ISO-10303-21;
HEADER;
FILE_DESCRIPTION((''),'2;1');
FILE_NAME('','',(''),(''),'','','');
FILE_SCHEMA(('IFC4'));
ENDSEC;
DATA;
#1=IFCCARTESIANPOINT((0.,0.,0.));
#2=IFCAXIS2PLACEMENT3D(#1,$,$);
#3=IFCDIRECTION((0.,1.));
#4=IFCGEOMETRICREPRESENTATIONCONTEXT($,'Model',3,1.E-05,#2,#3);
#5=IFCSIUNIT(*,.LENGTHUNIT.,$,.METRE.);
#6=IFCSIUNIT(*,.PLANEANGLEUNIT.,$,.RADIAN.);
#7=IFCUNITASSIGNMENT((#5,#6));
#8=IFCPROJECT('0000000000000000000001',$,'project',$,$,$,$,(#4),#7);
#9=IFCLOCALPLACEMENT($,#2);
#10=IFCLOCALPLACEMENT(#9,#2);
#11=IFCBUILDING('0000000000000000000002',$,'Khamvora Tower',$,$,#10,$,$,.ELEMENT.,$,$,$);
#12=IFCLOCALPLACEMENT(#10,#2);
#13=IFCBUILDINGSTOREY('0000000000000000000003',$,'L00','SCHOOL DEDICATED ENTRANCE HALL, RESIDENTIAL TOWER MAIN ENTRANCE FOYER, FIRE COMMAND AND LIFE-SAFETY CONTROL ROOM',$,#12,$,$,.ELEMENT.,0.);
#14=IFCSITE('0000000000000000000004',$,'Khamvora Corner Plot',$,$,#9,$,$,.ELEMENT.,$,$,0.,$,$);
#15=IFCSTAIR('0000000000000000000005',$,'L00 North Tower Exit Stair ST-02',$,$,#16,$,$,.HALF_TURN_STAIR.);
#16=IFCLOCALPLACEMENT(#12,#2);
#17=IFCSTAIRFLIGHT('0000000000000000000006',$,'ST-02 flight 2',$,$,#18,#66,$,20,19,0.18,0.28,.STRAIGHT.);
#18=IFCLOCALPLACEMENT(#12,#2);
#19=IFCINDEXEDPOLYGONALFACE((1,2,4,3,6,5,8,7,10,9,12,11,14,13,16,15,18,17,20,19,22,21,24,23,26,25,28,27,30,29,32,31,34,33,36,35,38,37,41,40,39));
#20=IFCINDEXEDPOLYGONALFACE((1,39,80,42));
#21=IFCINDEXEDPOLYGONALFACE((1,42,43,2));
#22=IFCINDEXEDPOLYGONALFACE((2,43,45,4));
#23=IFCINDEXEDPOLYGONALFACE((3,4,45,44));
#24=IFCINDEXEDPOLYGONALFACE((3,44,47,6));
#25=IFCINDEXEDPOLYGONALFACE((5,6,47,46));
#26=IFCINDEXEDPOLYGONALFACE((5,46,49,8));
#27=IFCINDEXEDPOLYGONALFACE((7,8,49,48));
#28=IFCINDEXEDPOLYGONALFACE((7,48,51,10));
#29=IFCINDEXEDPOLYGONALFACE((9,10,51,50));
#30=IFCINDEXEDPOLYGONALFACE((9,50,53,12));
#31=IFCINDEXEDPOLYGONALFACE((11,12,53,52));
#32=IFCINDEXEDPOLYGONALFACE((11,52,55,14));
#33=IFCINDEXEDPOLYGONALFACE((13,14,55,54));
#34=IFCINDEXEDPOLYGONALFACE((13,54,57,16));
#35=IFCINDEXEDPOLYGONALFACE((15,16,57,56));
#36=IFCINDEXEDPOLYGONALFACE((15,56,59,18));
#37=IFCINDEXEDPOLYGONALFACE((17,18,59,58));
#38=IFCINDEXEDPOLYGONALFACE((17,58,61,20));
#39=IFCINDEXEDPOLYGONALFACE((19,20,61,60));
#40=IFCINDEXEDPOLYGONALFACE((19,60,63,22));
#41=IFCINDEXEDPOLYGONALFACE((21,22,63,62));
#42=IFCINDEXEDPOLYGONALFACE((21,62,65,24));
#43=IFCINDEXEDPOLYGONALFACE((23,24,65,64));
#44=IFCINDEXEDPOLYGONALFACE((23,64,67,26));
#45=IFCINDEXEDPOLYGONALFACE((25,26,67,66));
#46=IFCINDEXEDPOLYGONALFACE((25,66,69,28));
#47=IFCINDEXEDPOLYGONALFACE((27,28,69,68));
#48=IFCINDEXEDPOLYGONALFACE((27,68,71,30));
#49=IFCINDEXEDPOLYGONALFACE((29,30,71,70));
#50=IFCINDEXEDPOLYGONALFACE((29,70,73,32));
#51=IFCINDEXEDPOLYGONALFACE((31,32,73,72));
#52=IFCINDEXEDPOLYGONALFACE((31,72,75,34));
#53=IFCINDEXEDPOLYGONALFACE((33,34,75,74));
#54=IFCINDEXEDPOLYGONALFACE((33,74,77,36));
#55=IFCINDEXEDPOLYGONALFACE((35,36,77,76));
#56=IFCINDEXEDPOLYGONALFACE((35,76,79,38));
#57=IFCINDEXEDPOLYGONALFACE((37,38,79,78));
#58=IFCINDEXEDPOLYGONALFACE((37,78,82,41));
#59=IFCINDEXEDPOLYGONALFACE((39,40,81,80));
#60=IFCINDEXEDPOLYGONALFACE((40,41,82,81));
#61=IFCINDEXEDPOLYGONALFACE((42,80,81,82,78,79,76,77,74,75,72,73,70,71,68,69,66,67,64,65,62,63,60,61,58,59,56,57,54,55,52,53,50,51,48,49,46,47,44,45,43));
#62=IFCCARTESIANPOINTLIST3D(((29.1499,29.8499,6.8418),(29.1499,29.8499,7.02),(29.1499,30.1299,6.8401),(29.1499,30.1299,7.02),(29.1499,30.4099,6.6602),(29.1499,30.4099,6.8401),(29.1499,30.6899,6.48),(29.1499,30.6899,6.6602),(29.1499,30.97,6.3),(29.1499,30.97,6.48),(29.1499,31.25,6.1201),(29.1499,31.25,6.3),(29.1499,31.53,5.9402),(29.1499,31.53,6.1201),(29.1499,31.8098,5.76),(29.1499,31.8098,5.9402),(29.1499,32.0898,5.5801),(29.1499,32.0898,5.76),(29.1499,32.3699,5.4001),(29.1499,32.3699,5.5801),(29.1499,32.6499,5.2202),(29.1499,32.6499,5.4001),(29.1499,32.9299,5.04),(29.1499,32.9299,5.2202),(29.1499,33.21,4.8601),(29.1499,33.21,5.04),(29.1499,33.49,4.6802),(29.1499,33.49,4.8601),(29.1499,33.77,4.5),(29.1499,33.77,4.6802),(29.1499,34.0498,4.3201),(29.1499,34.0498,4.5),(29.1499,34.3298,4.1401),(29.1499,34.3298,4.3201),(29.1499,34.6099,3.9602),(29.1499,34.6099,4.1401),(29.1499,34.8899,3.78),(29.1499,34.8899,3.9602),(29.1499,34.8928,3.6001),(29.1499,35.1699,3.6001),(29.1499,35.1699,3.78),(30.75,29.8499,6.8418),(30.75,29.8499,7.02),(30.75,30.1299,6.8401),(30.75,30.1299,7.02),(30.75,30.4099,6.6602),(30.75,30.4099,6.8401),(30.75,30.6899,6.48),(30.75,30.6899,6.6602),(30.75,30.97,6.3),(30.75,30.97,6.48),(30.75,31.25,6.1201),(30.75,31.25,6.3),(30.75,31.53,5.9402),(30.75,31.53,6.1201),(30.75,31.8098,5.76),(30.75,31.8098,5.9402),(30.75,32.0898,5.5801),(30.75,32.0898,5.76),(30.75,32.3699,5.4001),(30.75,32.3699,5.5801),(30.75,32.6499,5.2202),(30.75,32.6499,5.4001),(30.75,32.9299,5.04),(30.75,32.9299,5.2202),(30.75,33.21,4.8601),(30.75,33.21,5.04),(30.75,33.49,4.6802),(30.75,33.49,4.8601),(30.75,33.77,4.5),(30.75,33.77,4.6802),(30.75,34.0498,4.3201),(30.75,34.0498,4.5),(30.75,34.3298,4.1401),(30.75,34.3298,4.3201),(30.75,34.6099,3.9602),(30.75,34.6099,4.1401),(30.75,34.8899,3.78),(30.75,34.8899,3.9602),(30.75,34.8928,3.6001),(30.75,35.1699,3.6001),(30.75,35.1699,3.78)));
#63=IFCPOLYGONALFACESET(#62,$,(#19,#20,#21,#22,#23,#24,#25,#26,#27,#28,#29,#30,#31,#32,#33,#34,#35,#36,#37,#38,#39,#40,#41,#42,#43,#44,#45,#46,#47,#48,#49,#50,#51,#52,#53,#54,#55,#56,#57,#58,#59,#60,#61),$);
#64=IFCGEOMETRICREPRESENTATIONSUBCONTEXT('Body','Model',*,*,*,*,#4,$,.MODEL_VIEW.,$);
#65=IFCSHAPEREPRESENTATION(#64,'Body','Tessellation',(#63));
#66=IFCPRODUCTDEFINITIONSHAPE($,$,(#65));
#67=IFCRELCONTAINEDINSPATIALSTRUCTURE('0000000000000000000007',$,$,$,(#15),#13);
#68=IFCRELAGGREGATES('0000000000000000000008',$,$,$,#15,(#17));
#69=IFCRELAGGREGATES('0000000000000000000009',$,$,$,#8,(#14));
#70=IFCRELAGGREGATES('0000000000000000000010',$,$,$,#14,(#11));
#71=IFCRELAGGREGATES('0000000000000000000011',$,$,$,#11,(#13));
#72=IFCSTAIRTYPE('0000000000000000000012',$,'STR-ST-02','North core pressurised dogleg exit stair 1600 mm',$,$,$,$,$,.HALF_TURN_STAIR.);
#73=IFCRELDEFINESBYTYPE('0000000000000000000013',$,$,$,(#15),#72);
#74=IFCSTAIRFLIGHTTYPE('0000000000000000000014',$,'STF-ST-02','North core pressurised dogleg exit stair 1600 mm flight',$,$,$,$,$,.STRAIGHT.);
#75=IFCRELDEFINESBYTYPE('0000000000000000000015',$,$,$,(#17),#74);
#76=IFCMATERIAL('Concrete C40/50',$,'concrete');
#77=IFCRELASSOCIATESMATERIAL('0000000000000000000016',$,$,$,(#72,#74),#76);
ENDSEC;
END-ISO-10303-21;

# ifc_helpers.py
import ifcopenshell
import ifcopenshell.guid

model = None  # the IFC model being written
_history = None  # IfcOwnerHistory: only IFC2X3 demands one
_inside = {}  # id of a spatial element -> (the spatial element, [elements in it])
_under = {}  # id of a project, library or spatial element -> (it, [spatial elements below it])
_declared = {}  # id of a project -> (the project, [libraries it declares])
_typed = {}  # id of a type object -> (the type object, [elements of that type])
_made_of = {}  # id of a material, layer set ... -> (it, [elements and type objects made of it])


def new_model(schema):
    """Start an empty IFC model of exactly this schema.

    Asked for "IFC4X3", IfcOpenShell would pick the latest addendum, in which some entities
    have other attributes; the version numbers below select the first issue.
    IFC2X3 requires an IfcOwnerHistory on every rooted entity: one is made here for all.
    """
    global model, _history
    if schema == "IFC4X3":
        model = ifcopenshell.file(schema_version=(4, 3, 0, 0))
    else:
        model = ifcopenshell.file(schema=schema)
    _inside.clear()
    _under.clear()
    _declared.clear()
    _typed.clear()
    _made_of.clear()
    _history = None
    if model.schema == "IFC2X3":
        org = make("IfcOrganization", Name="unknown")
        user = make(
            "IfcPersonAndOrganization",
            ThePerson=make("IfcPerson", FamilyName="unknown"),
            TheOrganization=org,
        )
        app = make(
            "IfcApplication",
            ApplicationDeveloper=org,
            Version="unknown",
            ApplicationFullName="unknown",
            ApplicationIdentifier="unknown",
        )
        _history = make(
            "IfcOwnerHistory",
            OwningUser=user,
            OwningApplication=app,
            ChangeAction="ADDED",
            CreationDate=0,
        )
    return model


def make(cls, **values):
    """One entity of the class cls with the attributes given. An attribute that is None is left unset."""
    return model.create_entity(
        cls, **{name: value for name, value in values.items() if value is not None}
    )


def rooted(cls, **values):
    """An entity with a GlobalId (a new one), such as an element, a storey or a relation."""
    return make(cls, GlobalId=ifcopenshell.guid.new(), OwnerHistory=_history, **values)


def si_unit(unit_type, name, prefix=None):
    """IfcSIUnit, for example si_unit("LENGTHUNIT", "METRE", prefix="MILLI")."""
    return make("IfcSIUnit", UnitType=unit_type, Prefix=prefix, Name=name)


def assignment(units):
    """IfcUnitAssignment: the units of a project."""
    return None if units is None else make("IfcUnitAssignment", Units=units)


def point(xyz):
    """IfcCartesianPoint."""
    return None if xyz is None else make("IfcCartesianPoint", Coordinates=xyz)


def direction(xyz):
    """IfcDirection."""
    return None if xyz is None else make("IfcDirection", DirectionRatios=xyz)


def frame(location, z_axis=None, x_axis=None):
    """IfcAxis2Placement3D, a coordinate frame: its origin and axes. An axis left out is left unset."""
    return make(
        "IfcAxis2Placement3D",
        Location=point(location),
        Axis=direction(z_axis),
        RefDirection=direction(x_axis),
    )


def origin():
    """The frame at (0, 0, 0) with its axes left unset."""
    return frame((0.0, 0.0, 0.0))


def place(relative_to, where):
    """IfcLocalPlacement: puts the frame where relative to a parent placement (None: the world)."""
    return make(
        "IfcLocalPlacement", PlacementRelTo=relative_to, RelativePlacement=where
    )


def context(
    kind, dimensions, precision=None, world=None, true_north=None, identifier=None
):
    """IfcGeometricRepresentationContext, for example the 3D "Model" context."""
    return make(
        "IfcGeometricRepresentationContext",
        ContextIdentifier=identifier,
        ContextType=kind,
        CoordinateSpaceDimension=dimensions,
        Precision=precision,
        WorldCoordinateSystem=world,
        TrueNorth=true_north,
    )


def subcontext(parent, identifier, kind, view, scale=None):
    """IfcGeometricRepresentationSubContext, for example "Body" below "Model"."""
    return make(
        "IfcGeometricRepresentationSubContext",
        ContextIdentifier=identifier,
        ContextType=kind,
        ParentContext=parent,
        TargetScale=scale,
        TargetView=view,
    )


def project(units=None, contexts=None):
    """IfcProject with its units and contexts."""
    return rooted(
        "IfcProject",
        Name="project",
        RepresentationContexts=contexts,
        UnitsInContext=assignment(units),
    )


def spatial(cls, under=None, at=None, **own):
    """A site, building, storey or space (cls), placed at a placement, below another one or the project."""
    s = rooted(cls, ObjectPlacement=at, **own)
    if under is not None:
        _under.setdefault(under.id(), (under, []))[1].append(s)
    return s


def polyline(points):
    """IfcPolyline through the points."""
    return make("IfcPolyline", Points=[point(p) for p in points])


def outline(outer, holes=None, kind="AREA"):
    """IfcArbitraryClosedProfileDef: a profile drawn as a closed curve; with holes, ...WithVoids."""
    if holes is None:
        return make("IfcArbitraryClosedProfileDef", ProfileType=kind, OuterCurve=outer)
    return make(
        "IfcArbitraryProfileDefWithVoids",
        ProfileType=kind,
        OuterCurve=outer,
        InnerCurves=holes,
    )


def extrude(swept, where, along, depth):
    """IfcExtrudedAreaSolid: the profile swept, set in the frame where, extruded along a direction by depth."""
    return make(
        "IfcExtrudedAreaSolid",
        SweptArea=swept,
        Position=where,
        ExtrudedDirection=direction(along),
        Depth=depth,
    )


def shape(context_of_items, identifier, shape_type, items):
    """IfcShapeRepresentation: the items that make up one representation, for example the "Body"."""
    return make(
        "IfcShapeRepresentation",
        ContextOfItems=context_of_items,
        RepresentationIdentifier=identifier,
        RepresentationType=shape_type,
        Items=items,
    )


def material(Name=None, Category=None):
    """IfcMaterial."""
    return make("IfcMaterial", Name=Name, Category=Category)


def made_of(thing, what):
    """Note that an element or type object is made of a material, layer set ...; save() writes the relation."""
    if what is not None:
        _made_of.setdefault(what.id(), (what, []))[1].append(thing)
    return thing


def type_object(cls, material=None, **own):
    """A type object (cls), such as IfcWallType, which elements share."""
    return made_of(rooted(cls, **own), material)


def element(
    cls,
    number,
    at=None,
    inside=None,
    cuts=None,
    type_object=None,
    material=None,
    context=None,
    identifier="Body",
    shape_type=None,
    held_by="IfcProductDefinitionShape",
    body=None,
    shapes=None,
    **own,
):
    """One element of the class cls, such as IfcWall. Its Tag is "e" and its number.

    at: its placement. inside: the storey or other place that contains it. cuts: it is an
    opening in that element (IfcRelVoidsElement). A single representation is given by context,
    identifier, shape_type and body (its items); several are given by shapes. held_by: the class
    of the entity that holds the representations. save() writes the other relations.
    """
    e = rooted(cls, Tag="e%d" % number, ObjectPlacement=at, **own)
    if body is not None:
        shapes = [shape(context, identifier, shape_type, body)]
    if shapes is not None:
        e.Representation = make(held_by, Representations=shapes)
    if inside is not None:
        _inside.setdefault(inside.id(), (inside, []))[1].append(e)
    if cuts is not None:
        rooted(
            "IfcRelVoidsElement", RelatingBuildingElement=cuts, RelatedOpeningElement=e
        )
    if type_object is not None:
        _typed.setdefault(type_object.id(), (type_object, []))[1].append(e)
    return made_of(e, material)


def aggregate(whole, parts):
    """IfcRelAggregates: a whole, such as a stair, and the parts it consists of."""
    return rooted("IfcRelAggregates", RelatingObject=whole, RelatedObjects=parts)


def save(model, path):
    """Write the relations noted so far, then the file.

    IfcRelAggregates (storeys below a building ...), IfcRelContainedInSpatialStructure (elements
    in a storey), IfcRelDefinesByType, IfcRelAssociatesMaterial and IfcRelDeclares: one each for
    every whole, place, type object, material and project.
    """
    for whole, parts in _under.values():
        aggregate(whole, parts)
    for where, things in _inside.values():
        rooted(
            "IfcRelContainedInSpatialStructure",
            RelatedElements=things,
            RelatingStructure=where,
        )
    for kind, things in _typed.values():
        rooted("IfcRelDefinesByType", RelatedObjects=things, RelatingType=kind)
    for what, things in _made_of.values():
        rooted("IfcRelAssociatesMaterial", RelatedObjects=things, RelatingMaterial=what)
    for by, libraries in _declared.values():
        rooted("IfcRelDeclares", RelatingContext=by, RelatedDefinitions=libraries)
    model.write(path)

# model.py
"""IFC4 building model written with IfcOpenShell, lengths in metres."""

from ifc_helpers import new_model, si_unit, direction, frame, origin, place, context, subcontext, project, spatial, polyline, outline, extrude, material, type_object, element, aggregate, save


model = new_model("IFC4")

# Units and contexts
model_context = context("Model", 3, precision=1e-05, world=origin(), true_north=direction((0.0, 1.0)))
body_context = subcontext(model_context, "Body", "Model", "MODEL_VIEW")
ifc_project = project(units=[si_unit("LENGTHUNIT", "METRE"), si_unit("PLANEANGLEUNIT", "RADIAN")], contexts=[model_context])

# Site, building, storey
site_placement = place(None, origin())
site = spatial("IfcSite", under=ifc_project, at=site_placement, Name="Khamvora Corner Plot", CompositionType="ELEMENT", RefElevation=0.0)
building_placement = place(site_placement, origin())
building = spatial("IfcBuilding", under=site, at=building_placement, Name="Khamvora Tower", CompositionType="ELEMENT")
storey_placement = place(building_placement, origin())
storey = spatial("IfcBuildingStorey", under=building, at=storey_placement, Name="L00", Description="SCHOOL DEDICATED ENTRANCE HALL, RESIDENTIAL TOWER MAIN ENTRANCE FOYER, FIRE COMMAND AND LIFE-SAFETY CONTROL ROOM", CompositionType="ELEMENT", Elevation=0.0)

# Shared definitions
ifc_material_1 = material(Name="Concrete C40/50", Category="concrete")

# Stair, stair flight
stair_type_1 = type_object("IfcStairType", Name="STR-ST-02", Description="North core pressurised dogleg exit stair 1600 mm", PredefinedType="HALF_TURN_STAIR", material=ifc_material_1)
stair_1_placement = place(storey_placement, origin())
stair_1 = element("IfcStair", 1, at=stair_1_placement, inside=storey, type_object=stair_type_1, Name="L00 North Tower Exit Stair ST-02", PredefinedType="HALF_TURN_STAIR")
stair_flight_type_1 = type_object("IfcStairFlightType", Name="STF-ST-02", Description="North core pressurised dogleg exit stair 1600 mm flight", PredefinedType="STRAIGHT", material=ifc_material_1)
stair_flight_1_placement = place(storey_placement, frame((29.95, 35.1699, 3.6001), z_axis=(0.0, 0.0, 1.0), x_axis=(0.0, -1.0, 0.0)))
stair_flight_1 = element("IfcStairFlight", 2, at=stair_flight_1_placement, type_object=stair_flight_type_1, Name="ST-02 flight 2", NumberOfRisers=20, NumberOfTreads=19, PredefinedType="STRAIGHT", RiserHeight=0.18, TreadLength=0.28, context=body_context, shape_type="SweptSolid", body=[
    extrude(outline(polyline([(0.0, 0.0), (0.0, 0.1799), (0.28, 0.1799), (0.28, 0.3601), (0.5601, 0.3601), (0.5601, 0.54), (0.8401, 0.54), (0.8401, 0.72), (1.1201, 0.72), (1.1201, 0.8999), (1.3999, 0.8999), (1.3999, 1.0801), (1.6799, 1.0801), (1.6799, 1.26), (1.96, 1.26), (1.96, 1.4399), (2.24, 1.4399), (2.24, 1.6201), (2.52, 1.6201), (2.52, 1.8), (2.8, 1.8), (2.8, 1.98), (3.0801, 1.98), (3.0801, 2.1599), (3.3601, 2.1599), (3.3601, 2.3401), (3.6399, 2.3401), (3.6399, 2.52), (3.9199, 2.52), (3.9199, 2.7), (4.2, 2.7), (4.2, 2.8799), (4.48, 2.8799), (4.48, 3.0601), (4.76, 3.0601), (4.76, 3.24), (5.04, 3.24), (5.04, 3.4199), (5.3201, 3.4199), (5.3201, 3.6001), (5.3201, 3.2417), (0.2771, 0.0), (0.0, 0.0)])), frame((0.0, 0.8, 0.0), z_axis=(0.0, -1.0, 0.0), x_axis=(1.0, 0.0, 0.0)), (0.0, 0.0, 1.0), 1.6001),
])
aggregate(stair_1, [stair_flight_1])

save(model, "model.ifc")
